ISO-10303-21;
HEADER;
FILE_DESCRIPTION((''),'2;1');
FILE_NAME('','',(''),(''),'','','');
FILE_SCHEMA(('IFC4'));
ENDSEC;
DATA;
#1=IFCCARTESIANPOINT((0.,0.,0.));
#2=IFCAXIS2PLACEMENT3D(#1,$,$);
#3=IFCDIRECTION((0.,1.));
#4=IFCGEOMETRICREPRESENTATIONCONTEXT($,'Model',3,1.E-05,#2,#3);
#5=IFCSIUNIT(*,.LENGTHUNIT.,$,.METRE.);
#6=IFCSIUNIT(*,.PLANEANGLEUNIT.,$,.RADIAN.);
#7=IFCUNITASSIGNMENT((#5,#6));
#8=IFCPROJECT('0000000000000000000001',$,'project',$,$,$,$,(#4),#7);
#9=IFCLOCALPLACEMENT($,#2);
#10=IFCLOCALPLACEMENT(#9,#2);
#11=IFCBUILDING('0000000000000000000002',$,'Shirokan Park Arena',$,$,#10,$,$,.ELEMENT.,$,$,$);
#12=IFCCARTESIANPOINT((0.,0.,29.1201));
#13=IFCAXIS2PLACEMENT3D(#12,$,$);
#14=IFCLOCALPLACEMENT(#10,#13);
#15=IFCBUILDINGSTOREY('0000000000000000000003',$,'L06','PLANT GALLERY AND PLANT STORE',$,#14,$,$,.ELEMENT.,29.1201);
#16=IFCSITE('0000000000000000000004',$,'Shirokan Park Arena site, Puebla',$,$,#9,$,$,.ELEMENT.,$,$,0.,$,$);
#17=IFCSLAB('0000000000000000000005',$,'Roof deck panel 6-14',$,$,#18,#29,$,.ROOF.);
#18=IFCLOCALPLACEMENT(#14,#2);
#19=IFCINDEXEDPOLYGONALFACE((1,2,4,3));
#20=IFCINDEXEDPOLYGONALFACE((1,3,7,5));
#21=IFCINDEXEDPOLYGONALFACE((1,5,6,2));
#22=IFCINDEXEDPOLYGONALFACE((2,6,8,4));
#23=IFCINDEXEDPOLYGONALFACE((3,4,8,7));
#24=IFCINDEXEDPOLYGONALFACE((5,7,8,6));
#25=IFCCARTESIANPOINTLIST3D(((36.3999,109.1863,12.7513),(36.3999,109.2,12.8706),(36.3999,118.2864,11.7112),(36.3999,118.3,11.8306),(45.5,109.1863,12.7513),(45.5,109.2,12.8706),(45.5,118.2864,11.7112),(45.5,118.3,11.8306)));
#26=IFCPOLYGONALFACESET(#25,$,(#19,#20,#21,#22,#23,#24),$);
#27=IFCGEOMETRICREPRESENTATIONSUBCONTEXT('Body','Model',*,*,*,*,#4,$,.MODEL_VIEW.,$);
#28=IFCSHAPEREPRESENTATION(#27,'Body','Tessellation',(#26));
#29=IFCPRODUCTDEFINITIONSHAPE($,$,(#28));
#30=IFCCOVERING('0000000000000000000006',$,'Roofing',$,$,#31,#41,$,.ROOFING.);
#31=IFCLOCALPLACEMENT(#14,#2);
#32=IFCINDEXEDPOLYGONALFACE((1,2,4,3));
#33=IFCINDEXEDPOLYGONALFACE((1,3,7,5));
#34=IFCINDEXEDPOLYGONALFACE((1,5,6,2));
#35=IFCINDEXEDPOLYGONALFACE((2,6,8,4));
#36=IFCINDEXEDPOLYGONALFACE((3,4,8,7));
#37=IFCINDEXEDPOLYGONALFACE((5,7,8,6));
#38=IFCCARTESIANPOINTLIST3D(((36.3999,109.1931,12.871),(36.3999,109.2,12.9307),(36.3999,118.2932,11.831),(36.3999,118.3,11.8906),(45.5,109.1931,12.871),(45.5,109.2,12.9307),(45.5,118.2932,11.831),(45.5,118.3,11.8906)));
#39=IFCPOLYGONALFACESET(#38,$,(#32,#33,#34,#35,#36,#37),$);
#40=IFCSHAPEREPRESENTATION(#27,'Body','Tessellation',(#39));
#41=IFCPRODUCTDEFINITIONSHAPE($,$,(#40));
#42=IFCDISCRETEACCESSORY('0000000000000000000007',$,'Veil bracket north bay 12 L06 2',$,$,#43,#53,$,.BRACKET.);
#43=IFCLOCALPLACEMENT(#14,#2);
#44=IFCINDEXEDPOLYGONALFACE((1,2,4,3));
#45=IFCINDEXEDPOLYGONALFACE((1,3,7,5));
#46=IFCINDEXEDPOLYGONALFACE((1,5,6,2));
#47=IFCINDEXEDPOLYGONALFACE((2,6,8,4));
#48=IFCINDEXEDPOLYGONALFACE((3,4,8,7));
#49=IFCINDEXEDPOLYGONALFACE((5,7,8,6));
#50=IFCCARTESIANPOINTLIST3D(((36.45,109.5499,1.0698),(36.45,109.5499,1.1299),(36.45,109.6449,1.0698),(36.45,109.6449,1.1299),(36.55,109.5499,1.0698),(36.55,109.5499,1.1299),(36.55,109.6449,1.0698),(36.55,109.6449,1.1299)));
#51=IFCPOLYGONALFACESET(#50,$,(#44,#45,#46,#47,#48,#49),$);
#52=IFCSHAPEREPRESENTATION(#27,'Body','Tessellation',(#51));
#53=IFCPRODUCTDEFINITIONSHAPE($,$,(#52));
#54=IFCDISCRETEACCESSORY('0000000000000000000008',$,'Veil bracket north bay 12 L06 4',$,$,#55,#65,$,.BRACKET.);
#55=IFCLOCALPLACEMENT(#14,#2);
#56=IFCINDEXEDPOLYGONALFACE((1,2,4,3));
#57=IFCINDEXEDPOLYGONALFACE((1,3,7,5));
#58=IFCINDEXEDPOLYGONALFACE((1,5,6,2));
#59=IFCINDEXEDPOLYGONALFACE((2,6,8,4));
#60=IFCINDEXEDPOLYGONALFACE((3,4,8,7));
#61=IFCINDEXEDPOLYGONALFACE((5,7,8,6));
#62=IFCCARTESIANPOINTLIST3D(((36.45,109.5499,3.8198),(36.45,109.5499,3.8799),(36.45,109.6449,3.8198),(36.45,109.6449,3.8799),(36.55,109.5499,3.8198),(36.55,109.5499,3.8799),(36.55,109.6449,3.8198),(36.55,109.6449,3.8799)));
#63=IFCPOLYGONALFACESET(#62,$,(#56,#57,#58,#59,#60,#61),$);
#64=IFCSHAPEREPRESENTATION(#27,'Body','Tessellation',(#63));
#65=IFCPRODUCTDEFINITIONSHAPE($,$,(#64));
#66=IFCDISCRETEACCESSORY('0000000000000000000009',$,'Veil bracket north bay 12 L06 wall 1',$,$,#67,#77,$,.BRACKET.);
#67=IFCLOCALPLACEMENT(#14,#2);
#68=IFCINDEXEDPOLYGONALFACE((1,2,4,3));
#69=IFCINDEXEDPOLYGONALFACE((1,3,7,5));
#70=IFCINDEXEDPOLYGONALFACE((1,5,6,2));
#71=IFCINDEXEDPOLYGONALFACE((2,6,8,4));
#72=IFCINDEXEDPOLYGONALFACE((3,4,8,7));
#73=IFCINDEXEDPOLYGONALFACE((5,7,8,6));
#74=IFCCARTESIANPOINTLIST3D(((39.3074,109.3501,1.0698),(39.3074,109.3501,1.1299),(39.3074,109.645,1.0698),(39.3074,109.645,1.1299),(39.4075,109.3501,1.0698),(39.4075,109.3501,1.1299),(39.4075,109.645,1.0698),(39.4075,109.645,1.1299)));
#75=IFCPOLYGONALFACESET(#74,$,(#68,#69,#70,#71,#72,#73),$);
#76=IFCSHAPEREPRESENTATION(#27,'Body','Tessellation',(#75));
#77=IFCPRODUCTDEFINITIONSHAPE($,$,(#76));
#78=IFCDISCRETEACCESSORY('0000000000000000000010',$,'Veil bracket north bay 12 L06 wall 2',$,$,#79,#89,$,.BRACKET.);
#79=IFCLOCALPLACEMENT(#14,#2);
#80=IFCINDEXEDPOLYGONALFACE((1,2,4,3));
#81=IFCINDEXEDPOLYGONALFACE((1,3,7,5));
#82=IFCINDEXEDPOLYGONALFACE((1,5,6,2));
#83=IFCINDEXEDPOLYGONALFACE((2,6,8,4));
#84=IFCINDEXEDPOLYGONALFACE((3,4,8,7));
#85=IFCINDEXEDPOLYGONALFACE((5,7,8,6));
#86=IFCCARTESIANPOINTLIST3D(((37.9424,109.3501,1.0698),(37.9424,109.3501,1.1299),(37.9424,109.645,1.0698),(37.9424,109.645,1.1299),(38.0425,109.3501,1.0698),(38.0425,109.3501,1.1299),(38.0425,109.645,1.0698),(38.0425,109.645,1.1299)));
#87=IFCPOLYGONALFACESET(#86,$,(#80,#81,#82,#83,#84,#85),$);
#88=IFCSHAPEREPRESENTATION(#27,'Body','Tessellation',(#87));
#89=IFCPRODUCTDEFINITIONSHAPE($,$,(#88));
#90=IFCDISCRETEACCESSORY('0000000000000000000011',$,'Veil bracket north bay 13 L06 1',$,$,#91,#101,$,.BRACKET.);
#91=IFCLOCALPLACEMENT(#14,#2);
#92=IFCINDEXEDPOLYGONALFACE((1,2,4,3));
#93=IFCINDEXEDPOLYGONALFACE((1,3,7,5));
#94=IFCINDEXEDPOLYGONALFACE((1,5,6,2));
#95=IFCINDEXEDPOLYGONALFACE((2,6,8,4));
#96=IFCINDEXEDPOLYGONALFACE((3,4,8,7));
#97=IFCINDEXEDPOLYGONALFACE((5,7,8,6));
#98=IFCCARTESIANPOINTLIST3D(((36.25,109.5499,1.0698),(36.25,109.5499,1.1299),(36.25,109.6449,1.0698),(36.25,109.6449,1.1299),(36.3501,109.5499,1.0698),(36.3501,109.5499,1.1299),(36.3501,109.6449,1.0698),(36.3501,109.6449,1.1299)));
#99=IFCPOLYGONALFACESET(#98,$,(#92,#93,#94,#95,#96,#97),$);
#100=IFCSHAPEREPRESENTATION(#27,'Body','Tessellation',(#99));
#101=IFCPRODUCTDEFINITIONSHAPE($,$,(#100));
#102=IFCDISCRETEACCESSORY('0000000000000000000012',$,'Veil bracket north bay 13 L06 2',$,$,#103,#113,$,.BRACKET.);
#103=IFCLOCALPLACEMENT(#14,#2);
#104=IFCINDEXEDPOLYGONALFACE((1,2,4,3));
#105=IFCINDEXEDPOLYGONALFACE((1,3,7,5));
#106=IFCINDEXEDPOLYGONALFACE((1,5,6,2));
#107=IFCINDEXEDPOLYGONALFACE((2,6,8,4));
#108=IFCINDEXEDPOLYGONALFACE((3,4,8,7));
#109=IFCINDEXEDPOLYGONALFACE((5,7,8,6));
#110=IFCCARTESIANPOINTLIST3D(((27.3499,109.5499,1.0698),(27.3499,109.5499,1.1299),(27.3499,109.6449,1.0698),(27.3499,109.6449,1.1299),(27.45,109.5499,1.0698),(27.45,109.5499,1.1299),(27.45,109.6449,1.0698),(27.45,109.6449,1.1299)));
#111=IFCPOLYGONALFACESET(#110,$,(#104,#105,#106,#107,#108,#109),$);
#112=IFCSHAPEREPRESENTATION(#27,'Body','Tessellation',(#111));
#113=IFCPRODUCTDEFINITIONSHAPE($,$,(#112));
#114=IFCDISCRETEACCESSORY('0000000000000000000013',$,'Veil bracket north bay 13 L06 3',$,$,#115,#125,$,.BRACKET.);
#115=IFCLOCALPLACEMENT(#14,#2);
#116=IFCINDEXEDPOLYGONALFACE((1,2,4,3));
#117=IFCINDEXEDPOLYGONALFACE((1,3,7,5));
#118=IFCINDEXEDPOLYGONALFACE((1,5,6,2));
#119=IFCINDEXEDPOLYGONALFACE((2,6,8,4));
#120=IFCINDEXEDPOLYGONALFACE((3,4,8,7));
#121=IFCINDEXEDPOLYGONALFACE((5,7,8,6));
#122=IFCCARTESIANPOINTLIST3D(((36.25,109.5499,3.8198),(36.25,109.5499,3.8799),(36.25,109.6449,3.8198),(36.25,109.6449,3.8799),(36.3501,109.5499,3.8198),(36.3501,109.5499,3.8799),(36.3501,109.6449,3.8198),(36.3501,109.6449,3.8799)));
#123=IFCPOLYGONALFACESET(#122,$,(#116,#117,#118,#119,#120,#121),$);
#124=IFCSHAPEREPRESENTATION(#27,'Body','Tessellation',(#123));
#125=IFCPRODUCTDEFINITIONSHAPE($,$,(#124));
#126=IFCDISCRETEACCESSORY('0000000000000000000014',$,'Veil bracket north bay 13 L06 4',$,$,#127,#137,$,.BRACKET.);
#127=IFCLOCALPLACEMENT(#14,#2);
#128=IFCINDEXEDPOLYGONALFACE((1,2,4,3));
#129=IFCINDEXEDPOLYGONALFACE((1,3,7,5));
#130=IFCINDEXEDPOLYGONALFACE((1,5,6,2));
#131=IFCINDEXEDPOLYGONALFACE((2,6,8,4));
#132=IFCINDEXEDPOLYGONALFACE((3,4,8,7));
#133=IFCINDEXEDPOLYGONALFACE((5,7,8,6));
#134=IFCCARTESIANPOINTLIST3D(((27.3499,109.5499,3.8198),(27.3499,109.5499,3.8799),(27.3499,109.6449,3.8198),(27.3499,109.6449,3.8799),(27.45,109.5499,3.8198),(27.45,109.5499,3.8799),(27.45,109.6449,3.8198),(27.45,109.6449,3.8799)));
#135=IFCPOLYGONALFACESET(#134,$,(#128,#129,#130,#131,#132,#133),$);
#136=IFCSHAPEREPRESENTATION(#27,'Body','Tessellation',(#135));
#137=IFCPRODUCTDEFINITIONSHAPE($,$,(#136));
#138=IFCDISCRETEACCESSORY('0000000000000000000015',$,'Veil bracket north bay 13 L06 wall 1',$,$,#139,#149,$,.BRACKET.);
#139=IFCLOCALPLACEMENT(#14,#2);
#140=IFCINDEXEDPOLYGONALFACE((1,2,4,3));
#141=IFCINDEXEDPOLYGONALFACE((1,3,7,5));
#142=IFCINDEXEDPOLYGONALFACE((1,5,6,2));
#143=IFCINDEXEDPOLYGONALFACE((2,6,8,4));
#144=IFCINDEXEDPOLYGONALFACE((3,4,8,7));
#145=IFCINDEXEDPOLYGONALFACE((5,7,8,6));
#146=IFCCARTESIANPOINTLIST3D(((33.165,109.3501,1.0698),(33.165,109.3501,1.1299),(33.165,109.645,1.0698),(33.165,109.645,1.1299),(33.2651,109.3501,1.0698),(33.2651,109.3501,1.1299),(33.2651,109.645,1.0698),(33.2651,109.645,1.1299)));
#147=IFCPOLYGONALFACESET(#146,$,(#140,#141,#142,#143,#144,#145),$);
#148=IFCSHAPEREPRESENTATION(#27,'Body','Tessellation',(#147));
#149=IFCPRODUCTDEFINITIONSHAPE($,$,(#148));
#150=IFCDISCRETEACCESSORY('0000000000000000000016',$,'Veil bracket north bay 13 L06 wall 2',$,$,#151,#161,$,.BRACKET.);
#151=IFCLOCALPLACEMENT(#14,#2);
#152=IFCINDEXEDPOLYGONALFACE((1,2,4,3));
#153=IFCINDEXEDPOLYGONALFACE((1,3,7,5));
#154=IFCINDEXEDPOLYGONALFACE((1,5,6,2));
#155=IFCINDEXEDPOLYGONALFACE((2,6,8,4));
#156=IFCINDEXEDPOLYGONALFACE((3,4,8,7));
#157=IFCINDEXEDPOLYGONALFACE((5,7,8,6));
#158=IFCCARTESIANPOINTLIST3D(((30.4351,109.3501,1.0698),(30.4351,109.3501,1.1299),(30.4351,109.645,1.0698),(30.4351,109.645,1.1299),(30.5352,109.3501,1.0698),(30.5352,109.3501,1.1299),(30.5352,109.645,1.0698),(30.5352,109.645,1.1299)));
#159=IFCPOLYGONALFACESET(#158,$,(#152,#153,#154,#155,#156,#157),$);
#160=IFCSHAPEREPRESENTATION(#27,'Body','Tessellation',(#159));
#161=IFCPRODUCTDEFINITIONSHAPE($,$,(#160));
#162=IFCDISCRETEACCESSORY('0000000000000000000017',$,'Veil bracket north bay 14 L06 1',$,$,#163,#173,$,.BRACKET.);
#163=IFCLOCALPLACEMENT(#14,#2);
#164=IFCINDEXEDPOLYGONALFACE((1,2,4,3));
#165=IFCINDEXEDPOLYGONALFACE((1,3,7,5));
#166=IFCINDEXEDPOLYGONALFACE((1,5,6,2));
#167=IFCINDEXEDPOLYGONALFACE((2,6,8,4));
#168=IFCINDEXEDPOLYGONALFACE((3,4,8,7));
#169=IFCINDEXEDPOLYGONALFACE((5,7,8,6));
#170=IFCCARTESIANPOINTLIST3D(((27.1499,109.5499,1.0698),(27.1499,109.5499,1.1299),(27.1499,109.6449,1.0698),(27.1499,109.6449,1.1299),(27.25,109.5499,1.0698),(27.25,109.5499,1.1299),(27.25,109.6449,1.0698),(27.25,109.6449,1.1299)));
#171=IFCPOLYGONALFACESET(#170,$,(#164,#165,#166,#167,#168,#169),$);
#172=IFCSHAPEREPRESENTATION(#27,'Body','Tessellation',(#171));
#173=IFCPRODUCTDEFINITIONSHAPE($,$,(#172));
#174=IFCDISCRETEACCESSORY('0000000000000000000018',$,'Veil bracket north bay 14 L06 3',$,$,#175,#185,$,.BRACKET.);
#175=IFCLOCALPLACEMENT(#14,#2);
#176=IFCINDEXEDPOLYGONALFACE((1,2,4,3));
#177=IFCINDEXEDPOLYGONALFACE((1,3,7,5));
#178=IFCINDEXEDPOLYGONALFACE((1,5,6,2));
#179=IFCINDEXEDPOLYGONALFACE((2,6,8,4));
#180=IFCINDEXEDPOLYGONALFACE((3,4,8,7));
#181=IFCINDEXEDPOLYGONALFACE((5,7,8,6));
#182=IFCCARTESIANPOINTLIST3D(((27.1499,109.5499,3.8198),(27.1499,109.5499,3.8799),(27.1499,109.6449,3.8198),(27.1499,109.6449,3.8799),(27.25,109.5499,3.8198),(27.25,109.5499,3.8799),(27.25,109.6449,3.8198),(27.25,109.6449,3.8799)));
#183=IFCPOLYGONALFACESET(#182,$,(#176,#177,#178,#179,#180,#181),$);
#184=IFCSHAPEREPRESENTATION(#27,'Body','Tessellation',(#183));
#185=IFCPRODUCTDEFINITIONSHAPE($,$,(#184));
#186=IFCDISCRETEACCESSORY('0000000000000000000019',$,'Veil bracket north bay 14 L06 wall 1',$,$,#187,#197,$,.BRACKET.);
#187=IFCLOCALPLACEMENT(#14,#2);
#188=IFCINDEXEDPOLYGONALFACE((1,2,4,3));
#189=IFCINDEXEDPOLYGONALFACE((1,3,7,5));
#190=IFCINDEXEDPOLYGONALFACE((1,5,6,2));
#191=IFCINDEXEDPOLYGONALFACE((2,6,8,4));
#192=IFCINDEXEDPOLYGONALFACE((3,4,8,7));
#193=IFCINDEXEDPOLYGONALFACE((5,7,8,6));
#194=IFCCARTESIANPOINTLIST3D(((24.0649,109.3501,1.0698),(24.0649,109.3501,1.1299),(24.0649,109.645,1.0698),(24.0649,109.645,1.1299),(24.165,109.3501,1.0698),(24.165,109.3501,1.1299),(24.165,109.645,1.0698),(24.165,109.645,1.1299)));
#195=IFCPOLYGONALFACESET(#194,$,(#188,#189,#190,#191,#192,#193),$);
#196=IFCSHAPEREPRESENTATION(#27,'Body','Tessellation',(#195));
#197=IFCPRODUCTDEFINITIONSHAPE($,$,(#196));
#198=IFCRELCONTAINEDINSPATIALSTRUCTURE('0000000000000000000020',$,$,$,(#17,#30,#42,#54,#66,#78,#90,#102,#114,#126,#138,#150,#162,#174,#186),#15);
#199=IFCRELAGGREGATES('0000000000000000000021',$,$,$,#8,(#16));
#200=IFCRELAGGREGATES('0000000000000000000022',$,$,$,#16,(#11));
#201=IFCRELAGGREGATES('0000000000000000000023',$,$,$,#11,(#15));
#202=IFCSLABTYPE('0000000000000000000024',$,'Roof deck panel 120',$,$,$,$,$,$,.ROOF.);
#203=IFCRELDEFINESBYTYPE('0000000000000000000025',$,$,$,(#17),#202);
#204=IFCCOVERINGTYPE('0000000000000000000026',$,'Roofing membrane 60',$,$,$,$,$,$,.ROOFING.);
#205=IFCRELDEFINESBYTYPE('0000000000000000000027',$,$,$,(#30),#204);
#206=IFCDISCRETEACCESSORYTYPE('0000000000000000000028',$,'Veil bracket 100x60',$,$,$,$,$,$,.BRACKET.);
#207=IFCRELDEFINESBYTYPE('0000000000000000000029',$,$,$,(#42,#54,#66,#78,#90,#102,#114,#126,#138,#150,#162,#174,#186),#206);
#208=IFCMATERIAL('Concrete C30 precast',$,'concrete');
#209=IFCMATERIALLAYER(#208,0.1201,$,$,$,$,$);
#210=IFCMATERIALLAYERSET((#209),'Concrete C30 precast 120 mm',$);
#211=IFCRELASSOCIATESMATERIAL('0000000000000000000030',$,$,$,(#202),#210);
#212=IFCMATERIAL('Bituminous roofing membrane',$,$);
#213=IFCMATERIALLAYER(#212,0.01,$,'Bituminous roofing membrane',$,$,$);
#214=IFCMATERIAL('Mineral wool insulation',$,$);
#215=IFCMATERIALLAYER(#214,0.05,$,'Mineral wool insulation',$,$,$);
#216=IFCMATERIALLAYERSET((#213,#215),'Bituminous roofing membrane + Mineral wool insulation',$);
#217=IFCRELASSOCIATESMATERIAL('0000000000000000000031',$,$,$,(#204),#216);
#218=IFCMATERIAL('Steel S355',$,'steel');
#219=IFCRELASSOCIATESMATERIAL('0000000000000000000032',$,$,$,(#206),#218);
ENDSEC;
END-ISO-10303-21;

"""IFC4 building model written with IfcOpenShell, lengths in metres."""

from ifc_helpers import new_model, si_unit, direction, frame, origin, origin_2d, place, context, subcontext, project, spatial, polyline, rectangle, outline, extrude, material, layer, layer_set, type_object, element, save


model = new_model("IFC4")

# Units and contexts
model_context = context("Model", 3, precision=1e-05, world=origin(), true_north=direction((0.0, 1.0)))
body_context = subcontext(model_context, "Body", "Model", "MODEL_VIEW")
ifc_project = project(units=[si_unit("LENGTHUNIT", "METRE"), si_unit("PLANEANGLEUNIT", "RADIAN")], contexts=[model_context])

# Site, building, storey
site_placement = place(None, origin())
site = spatial("IfcSite", under=ifc_project, at=site_placement, Name="Shirokan Park Arena site, Puebla", CompositionType="ELEMENT", RefElevation=0.0)
building_placement = place(site_placement, origin())
building = spatial("IfcBuilding", under=site, at=building_placement, Name="Shirokan Park Arena", CompositionType="ELEMENT")
storey_placement = place(building_placement, frame((0.0, 0.0, 29.1201)))
storey = spatial("IfcBuildingStorey", under=building, at=storey_placement, Name="L06", Description="PLANT GALLERY AND PLANT STORE", CompositionType="ELEMENT", Elevation=29.1201)

# Slab
ifc_material_1 = material(Name="Concrete C30 precast", Category="concrete")
ifc_layer_1 = layer(ifc_material_1, 0.1201)
ifc_layer_set_1 = layer_set([ifc_layer_1], Name="Concrete C30 precast 120 mm")
slab_type = type_object("IfcSlabType", Name="Roof deck panel 120", PredefinedType="ROOF", material=ifc_layer_set_1)
slab_placement = place(storey_placement, frame((36.3999, 109.2, 12.8706), z_axis=(0.0, 0.11355, 0.993532), x_axis=(1.0, 0.0, 0.0)))
element("IfcSlab", 1, at=slab_placement, inside=storey, type_object=slab_type, Name="Roof deck panel 6-14", PredefinedType="ROOF", context=body_context, shape_type="SweptSolid", body=[
    extrude(outline(polyline([(0.0, 0.0), (9.1001, 0.0), (9.1001, 9.1593), (0.0, 9.1593), (0.0, 0.0)])), origin(), (0.0, 0.0, -1.0), 0.1201),
])

# Covering
ifc_material_2 = material(Name="Bituminous roofing membrane")
ifc_layer_2 = layer(ifc_material_2, 0.01, Name="Bituminous roofing membrane")
ifc_material_3 = material(Name="Mineral wool insulation")
ifc_layer_3 = layer(ifc_material_3, 0.05, Name="Mineral wool insulation")
ifc_layer_set_2 = layer_set([ifc_layer_2, ifc_layer_3], Name="Bituminous roofing membrane + Mineral wool insulation")
covering_type = type_object("IfcCoveringType", Name="Roofing membrane 60", PredefinedType="ROOFING", material=ifc_layer_set_2)
covering_placement = place(storey_placement, frame((36.3999, 109.2, 12.9307), z_axis=(0.0, 0.11355, 0.993532), x_axis=(1.0, 0.0, 0.0)))
element("IfcCovering", 2, at=covering_placement, inside=storey, type_object=covering_type, Name="Roofing", PredefinedType="ROOFING", context=body_context, shape_type="SweptSolid", body=[
    extrude(outline(polyline([(0.0, 0.0), (9.1001, 0.0), (9.1001, 9.1593), (0.0, 9.1593), (0.0, 0.0)])), origin(), (0.0, 0.0, -1.0), 0.0601),
])

# Discrete accessories
ifc_material_4 = material(Name="Steel S355", Category="steel")
discrete_accessory_type = type_object("IfcDiscreteAccessoryType", Name="Veil bracket 100x60", PredefinedType="BRACKET", material=ifc_material_4)
for number, where, z_axis, x_axis, name in (
    (3, (36.5, 109.5974, 1.0698), (0.0, 0.0, 1.0), (-1.0, 0.0, 0.0), "Veil bracket north bay 12 L06 2"),
    (4, (36.5, 109.5974, 3.8198), (0.0, 0.0, 1.0), (-1.0, 0.0, 0.0), "Veil bracket north bay 12 L06 4"),
):
    element("IfcDiscreteAccessory", number, at=place(storey_placement, frame(where, z_axis=z_axis, x_axis=x_axis)), inside=storey, type_object=discrete_accessory_type, Name=name, PredefinedType="BRACKET", context=body_context, shape_type="SweptSolid", body=[
        extrude(rectangle(XDim=0.1001, YDim=0.095, at=origin_2d()), origin(), (0.0, 0.0, 1.0), 0.0601),
    ])
for number, where, z_axis, x_axis, name in (
    (5, (39.3574, 109.4976, 1.0698), (0.0, 0.0, 1.0), (-1.0, 0.0, 0.0), "Veil bracket north bay 12 L06 wall 1"),
    (6, (37.9924, 109.4976, 1.0698), (0.0, 0.0, 1.0), (-1.0, 0.0, 0.0), "Veil bracket north bay 12 L06 wall 2"),
):
    element("IfcDiscreteAccessory", number, at=place(storey_placement, frame(where, z_axis=z_axis, x_axis=x_axis)), inside=storey, type_object=discrete_accessory_type, Name=name, PredefinedType="BRACKET", context=body_context, shape_type="SweptSolid", body=[
        extrude(rectangle(XDim=0.1001, YDim=0.2949, at=origin_2d()), origin(), (0.0, 0.0, 1.0), 0.0601),
    ])
for number, where, z_axis, x_axis, name in (
    (7, (36.3, 109.5974, 1.0698), (0.0, 0.0, 1.0), (-1.0, 0.0, 0.0), "Veil bracket north bay 13 L06 1"),
    (8, (27.3999, 109.5974, 1.0698), (0.0, 0.0, 1.0), (-1.0, 0.0, 0.0), "Veil bracket north bay 13 L06 2"),
    (9, (36.3, 109.5974, 3.8198), (0.0, 0.0, 1.0), (-1.0, 0.0, 0.0), "Veil bracket north bay 13 L06 3"),
    (10, (27.3999, 109.5974, 3.8198), (0.0, 0.0, 1.0), (-1.0, 0.0, 0.0), "Veil bracket north bay 13 L06 4"),
):
    element("IfcDiscreteAccessory", number, at=place(storey_placement, frame(where, z_axis=z_axis, x_axis=x_axis)), inside=storey, type_object=discrete_accessory_type, Name=name, PredefinedType="BRACKET", context=body_context, shape_type="SweptSolid", body=[
        extrude(rectangle(XDim=0.1001, YDim=0.095, at=origin_2d()), origin(), (0.0, 0.0, 1.0), 0.0601),
    ])
for number, where, z_axis, x_axis, name in (
    (11, (33.2151, 109.4976, 1.0698), (0.0, 0.0, 1.0), (-1.0, 0.0, 0.0), "Veil bracket north bay 13 L06 wall 1"),
    (12, (30.4851, 109.4976, 1.0698), (0.0, 0.0, 1.0), (-1.0, 0.0, 0.0), "Veil bracket north bay 13 L06 wall 2"),
):
    element("IfcDiscreteAccessory", number, at=place(storey_placement, frame(where, z_axis=z_axis, x_axis=x_axis)), inside=storey, type_object=discrete_accessory_type, Name=name, PredefinedType="BRACKET", context=body_context, shape_type="SweptSolid", body=[
        extrude(rectangle(XDim=0.1001, YDim=0.2949, at=origin_2d()), origin(), (0.0, 0.0, 1.0), 0.0601),
    ])
for number, where, z_axis, x_axis, name in (
    (13, (27.2, 109.5974, 1.0698), (0.0, 0.0, 1.0), (-1.0, 0.0, 0.0), "Veil bracket north bay 14 L06 1"),
    (14, (27.2, 109.5974, 3.8198), (0.0, 0.0, 1.0), (-1.0, 0.0, 0.0), "Veil bracket north bay 14 L06 3"),
):
    element("IfcDiscreteAccessory", number, at=place(storey_placement, frame(where, z_axis=z_axis, x_axis=x_axis)), inside=storey, type_object=discrete_accessory_type, Name=name, PredefinedType="BRACKET", context=body_context, shape_type="SweptSolid", body=[
        extrude(rectangle(XDim=0.1001, YDim=0.095, at=origin_2d()), origin(), (0.0, 0.0, 1.0), 0.0601),
    ])
discrete_accessory_placement = place(storey_placement, frame((24.115, 109.4976, 1.0698), z_axis=(0.0, 0.0, 1.0), x_axis=(-1.0, 0.0, 0.0)))
element("IfcDiscreteAccessory", 15, at=discrete_accessory_placement, inside=storey, type_object=discrete_accessory_type, Name="Veil bracket north bay 14 L06 wall 1", PredefinedType="BRACKET", context=body_context, shape_type="SweptSolid", body=[
    extrude(rectangle(XDim=0.1001, YDim=0.2949, at=origin_2d()), origin(), (0.0, 0.0, 1.0), 0.0601),
])

save(model, "model.ifc")
